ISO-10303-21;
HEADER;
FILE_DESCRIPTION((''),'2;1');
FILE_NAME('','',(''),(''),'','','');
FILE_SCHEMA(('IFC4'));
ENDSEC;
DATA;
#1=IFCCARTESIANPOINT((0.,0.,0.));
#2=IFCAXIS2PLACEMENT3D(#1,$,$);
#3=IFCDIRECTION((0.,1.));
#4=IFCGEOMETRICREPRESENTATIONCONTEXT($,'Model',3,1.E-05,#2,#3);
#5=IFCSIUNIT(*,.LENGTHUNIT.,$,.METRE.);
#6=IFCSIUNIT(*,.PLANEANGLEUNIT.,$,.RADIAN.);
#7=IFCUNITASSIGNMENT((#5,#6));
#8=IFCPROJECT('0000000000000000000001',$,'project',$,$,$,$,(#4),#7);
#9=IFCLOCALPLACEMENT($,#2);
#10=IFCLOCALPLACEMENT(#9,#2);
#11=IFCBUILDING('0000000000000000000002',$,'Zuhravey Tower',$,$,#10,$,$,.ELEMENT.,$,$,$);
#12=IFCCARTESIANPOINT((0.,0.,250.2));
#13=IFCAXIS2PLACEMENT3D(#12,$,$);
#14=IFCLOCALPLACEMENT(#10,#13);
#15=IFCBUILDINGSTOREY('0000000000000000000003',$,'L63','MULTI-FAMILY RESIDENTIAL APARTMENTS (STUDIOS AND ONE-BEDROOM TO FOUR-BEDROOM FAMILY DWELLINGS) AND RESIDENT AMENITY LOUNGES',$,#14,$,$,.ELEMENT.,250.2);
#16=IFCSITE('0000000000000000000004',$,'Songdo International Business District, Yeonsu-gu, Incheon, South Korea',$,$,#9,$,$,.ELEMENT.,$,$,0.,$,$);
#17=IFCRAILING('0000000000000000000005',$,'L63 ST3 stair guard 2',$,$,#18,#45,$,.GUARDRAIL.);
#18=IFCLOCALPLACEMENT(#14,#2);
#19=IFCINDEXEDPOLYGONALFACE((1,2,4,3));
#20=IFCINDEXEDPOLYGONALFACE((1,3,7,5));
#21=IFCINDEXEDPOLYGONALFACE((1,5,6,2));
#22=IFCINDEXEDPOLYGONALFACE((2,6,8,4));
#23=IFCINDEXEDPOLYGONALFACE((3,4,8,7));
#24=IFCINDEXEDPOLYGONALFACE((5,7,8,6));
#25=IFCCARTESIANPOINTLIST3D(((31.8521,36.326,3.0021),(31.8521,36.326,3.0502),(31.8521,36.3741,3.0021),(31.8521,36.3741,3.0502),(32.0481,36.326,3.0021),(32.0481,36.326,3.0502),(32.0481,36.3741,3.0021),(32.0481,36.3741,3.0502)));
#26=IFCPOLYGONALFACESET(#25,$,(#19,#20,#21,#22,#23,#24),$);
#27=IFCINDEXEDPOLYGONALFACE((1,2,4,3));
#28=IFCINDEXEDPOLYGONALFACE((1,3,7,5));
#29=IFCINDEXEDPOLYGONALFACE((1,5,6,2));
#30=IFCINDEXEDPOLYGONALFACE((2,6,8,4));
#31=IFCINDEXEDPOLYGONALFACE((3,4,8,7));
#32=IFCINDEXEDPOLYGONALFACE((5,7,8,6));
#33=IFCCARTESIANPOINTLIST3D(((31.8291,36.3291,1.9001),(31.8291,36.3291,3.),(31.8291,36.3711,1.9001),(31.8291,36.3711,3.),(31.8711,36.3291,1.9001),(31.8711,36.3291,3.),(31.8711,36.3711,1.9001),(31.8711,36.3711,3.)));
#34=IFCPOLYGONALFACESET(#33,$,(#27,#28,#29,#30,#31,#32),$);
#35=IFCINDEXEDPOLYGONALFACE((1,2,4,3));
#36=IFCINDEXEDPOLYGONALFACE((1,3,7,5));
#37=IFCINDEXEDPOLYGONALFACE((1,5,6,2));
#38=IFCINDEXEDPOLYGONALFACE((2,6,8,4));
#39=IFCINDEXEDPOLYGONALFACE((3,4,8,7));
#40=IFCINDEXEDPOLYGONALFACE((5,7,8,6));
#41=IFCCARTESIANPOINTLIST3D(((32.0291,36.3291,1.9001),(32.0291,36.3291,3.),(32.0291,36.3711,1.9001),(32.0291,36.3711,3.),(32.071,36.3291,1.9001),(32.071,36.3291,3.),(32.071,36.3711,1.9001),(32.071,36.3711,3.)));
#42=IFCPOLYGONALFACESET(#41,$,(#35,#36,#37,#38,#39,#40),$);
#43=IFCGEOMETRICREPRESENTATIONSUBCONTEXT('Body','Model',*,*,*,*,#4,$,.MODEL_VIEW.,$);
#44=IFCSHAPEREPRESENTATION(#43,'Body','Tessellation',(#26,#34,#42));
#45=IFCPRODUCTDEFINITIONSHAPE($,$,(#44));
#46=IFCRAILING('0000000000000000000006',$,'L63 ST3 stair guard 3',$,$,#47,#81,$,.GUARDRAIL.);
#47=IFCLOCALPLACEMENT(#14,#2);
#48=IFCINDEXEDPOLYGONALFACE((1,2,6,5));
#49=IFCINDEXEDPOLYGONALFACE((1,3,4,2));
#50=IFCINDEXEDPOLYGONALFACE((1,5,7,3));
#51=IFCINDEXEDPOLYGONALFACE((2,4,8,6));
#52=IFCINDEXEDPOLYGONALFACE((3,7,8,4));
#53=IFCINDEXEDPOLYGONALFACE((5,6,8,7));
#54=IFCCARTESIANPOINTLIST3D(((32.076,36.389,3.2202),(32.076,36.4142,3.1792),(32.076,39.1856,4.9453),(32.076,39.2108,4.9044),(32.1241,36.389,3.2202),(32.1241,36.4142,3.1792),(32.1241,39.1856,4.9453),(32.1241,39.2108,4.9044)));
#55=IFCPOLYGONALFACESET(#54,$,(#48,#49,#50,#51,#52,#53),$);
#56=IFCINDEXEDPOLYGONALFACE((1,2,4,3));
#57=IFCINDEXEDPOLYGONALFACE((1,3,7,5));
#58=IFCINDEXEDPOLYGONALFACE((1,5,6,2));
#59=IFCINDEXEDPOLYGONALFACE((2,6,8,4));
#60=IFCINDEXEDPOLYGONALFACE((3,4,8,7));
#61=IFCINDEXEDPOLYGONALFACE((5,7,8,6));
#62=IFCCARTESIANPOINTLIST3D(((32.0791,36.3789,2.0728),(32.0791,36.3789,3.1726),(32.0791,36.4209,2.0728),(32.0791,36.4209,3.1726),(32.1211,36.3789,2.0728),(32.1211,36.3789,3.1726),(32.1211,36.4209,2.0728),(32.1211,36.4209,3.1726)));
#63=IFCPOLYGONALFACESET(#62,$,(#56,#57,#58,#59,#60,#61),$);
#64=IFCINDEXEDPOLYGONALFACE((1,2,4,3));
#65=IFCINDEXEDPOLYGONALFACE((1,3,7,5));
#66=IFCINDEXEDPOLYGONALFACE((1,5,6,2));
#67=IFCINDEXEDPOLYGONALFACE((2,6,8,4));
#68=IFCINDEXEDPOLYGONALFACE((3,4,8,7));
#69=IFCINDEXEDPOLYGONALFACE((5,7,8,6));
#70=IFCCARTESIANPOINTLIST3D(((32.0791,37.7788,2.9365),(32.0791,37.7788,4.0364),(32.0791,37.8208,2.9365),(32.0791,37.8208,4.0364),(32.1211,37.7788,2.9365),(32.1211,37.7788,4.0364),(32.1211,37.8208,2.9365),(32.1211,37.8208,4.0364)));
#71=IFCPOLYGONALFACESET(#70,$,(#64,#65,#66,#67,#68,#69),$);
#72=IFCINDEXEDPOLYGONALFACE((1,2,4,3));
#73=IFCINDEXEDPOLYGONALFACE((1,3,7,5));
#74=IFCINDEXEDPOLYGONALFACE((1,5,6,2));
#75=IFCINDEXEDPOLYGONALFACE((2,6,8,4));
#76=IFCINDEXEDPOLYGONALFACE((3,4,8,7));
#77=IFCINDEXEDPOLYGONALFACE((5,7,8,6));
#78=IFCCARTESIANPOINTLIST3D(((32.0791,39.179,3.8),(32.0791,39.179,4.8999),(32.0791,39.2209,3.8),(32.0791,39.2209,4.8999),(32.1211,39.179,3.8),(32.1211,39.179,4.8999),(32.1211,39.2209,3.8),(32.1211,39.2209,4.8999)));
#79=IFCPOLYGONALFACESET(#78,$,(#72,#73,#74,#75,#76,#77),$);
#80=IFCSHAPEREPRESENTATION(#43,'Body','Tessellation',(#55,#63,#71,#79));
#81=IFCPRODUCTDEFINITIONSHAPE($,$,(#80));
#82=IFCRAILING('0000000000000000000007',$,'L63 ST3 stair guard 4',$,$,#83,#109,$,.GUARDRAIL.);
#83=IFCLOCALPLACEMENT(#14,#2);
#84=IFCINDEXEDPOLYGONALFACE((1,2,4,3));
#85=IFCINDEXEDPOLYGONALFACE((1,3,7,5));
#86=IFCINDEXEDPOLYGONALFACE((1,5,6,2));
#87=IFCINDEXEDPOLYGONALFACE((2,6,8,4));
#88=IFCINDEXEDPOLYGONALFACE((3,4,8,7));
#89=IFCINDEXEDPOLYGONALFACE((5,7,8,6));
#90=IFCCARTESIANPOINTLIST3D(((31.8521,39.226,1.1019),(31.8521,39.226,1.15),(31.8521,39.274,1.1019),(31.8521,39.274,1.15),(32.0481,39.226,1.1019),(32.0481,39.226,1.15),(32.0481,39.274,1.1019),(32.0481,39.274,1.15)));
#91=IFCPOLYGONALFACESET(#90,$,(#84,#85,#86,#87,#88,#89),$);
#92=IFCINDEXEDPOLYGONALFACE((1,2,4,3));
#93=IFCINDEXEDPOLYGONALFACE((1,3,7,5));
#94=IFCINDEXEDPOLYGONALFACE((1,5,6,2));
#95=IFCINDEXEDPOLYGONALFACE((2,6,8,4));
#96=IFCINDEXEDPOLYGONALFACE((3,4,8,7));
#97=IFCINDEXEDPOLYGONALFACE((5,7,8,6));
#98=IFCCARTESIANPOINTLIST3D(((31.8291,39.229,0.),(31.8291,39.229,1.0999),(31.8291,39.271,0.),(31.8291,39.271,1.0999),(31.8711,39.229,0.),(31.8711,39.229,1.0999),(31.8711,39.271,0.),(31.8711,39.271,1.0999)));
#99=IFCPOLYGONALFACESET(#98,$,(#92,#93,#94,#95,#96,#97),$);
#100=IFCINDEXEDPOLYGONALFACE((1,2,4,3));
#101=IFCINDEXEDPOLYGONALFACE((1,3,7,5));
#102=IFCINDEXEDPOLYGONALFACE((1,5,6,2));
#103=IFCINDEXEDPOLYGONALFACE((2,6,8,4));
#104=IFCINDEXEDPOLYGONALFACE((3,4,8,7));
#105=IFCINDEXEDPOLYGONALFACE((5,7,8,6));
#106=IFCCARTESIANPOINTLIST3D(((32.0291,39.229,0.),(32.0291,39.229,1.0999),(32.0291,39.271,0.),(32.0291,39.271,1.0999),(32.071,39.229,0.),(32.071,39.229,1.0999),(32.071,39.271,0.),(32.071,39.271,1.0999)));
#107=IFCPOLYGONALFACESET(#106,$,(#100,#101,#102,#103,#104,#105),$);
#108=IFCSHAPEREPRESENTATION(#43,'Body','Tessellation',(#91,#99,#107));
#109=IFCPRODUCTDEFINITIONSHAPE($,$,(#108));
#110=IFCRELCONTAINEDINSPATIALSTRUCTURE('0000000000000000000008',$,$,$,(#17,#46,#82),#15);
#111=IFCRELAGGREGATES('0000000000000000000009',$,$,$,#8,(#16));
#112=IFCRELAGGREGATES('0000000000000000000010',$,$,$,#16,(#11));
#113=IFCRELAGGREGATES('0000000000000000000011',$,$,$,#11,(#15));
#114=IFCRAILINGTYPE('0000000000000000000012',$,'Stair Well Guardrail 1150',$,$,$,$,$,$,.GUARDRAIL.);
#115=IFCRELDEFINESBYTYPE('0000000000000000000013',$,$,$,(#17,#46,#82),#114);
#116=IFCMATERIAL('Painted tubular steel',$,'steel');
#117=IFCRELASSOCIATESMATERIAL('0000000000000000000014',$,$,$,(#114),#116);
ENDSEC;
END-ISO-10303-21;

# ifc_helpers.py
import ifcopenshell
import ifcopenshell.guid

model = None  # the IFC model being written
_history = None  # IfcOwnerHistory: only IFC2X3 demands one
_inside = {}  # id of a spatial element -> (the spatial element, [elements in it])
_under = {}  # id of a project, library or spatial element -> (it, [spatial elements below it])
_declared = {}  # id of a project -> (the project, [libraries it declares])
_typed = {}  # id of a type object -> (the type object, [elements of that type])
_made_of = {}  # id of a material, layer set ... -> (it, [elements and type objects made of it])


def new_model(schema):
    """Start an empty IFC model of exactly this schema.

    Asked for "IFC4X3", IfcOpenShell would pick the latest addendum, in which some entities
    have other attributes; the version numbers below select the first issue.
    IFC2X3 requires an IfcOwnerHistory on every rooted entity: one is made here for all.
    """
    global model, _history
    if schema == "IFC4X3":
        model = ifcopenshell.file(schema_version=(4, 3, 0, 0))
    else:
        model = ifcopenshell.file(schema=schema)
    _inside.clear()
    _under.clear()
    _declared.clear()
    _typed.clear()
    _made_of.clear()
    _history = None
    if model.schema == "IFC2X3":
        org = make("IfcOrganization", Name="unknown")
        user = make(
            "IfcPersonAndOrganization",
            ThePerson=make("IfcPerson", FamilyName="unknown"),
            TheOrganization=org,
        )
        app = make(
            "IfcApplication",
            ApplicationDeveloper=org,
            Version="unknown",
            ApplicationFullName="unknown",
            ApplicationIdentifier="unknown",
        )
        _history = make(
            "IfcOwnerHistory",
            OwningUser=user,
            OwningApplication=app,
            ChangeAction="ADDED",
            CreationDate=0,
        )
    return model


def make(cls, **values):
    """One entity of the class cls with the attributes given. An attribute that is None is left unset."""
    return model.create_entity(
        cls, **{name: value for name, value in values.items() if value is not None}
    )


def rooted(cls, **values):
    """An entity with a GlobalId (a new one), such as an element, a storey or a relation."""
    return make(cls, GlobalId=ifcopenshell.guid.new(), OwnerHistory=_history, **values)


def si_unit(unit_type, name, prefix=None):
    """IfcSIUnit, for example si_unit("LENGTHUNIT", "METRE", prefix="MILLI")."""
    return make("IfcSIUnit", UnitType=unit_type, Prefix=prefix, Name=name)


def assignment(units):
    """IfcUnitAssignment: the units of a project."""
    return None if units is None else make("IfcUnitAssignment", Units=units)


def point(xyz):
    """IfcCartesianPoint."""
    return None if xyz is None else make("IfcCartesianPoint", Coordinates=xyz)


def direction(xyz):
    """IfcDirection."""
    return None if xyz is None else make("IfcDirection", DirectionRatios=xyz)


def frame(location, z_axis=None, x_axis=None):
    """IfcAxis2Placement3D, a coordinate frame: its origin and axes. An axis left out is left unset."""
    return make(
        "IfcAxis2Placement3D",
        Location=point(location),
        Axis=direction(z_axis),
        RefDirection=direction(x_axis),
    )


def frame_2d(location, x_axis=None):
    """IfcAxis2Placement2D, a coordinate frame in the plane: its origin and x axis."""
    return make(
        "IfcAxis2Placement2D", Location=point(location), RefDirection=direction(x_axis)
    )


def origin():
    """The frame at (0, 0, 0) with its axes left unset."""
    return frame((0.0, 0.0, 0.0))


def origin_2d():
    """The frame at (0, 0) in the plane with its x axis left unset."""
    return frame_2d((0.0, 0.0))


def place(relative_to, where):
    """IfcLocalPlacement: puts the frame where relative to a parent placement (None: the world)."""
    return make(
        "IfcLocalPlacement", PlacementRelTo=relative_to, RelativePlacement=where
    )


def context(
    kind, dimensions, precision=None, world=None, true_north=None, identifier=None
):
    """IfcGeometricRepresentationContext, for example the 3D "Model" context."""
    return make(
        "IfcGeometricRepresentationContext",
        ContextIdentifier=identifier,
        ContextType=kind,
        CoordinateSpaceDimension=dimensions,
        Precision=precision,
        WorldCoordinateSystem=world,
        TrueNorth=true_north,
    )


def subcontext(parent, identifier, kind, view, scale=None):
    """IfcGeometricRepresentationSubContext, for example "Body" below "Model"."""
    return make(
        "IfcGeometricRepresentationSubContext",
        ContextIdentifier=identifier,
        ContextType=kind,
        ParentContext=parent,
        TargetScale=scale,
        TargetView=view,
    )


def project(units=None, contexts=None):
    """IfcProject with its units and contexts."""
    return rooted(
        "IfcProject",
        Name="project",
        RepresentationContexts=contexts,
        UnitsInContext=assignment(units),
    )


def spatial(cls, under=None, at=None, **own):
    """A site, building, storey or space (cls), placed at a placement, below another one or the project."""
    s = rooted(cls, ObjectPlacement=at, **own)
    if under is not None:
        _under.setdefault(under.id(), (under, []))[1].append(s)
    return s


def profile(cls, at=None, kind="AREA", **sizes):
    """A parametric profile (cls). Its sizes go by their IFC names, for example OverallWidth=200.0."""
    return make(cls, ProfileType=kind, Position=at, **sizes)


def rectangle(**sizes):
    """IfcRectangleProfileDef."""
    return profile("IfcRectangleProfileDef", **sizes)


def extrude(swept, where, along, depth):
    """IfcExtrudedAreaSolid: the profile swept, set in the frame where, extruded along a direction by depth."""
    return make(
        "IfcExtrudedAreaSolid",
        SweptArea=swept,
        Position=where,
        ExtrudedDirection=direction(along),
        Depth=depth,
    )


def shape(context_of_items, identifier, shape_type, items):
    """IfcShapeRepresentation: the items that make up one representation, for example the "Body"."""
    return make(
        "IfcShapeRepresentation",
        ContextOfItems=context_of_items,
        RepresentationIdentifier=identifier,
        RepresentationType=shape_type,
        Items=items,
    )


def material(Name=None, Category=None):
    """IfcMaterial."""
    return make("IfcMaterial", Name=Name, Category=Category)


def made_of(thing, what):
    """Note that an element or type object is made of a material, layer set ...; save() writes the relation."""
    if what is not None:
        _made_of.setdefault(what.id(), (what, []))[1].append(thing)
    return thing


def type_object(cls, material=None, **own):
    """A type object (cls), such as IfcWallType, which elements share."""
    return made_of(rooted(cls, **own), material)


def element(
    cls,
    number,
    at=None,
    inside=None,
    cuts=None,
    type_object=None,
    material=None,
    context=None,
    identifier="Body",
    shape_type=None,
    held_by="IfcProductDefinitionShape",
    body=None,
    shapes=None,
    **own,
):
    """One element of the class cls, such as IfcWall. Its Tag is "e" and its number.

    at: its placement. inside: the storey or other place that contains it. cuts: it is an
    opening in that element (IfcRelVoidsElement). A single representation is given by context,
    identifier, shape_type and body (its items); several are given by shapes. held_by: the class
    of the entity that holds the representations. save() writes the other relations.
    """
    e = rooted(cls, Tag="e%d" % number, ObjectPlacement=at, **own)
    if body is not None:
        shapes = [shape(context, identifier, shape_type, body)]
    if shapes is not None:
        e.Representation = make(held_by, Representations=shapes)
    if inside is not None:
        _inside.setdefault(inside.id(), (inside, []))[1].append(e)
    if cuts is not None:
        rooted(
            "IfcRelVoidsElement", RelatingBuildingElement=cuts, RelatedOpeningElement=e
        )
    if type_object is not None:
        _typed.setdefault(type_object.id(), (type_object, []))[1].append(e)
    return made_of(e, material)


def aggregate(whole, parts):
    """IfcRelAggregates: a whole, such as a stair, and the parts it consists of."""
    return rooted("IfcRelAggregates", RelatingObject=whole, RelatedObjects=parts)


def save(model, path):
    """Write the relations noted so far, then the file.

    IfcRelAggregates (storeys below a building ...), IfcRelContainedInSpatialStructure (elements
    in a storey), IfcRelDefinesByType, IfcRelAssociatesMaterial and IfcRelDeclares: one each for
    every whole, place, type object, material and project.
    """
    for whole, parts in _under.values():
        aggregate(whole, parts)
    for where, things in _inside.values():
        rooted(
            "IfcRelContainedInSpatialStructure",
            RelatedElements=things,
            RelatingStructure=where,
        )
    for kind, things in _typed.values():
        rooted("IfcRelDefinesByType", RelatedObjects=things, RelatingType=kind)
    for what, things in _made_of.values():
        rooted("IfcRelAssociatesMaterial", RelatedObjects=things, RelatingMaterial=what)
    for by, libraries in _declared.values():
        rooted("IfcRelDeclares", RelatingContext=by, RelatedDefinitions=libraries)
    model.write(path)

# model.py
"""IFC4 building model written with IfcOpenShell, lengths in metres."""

from ifc_helpers import new_model, si_unit, direction, frame, origin, origin_2d, place, context, subcontext, project, spatial, rectangle, extrude, material, type_object, element, save


model = new_model("IFC4")

# Units and contexts
model_context = context("Model", 3, precision=1e-05, world=origin(), true_north=direction((0.0, 1.0)))
body_context = subcontext(model_context, "Body", "Model", "MODEL_VIEW")
ifc_project = project(units=[si_unit("LENGTHUNIT", "METRE"), si_unit("PLANEANGLEUNIT", "RADIAN")], contexts=[model_context])

# Site, building, storey
site_placement = place(None, origin())
site = spatial("IfcSite", under=ifc_project, at=site_placement, Name="Songdo International Business District, Yeonsu-gu, Incheon, South Korea", CompositionType="ELEMENT", RefElevation=0.0)
building_placement = place(site_placement, origin())
building = spatial("IfcBuilding", under=site, at=building_placement, Name="Zuhravey Tower", CompositionType="ELEMENT")
storey_placement = place(building_placement, frame((0.0, 0.0, 250.2)))
storey = spatial("IfcBuildingStorey", under=building, at=storey_placement, Name="L63", Description="MULTI-FAMILY RESIDENTIAL APARTMENTS (STUDIOS AND ONE-BEDROOM TO FOUR-BEDROOM FAMILY DWELLINGS) AND RESIDENT AMENITY LOUNGES", CompositionType="ELEMENT", Elevation=250.2)

# Railings
ifc_material_1 = material(Name="Painted tubular steel", Category="steel")
railing_type_1 = type_object("IfcRailingType", Name="Stair Well Guardrail 1150", PredefinedType="GUARDRAIL", material=ifc_material_1)
railing_1_placement = place(storey_placement, frame((31.8501, 36.3501, 1.9001)))
element("IfcRailing", 1, at=railing_1_placement, inside=storey, type_object=railing_type_1, Name="L63 ST3 stair guard 2", PredefinedType="GUARDRAIL", context=body_context, shape_type="SweptSolid", body=[
    extrude(rectangle(XDim=0.0481, YDim=0.0481, at=origin_2d()), frame((0.002, 0.0, 1.126), z_axis=(1.0, 0.0, 0.0), x_axis=(0.0, 1.0, 0.0)), (0.0, 0.0, 1.0), 0.196),
    extrude(rectangle(XDim=0.042, YDim=0.042, at=origin_2d()), origin(), (0.0, 0.0, 1.0), 1.0999),
    extrude(rectangle(XDim=0.042, YDim=0.042, at=origin_2d()), frame((0.2, 0.0, 0.0)), (0.0, 0.0, 1.0), 1.0999),
])
railing_2_placement = place(storey_placement, frame((32.1001, 36.3999, 2.0728)))
element("IfcRailing", 2, at=railing_2_placement, inside=storey, type_object=railing_type_1, Name="L63 ST3 stair guard 3", PredefinedType="GUARDRAIL", context=body_context, shape_type="SweptSolid", body=[
    extrude(rectangle(XDim=0.0481, YDim=0.0481, at=origin_2d()), frame((0.0, 0.0017, 1.127), z_axis=(0.0, 0.85109, 0.52502), x_axis=(-1.0, 0.0, 0.0)), (0.0, 0.0, 1.0), 3.2859),
    extrude(rectangle(XDim=0.042, YDim=0.042, at=origin_2d()), origin(), (0.0, 0.0, 1.0), 1.0999),
    extrude(rectangle(XDim=0.042, YDim=0.042, at=origin_2d()), frame((0.0, 1.3999, 0.8638)), (0.0, 0.0, 1.0), 1.0999),
    extrude(rectangle(XDim=0.042, YDim=0.042, at=origin_2d()), frame((0.0, 2.8, 1.7273)), (0.0, 0.0, 1.0), 1.0999),
])
railing_3_placement = place(storey_placement, frame((31.8501, 39.25, 0.0)))
element("IfcRailing", 3, at=railing_3_placement, inside=storey, type_object=railing_type_1, Name="L63 ST3 stair guard 4", PredefinedType="GUARDRAIL", context=body_context, shape_type="SweptSolid", body=[
    extrude(rectangle(XDim=0.0481, YDim=0.0481, at=origin_2d()), frame((0.002, 0.0, 1.126), z_axis=(1.0, 0.0, 0.0), x_axis=(0.0, 1.0, 0.0)), (0.0, 0.0, 1.0), 0.196),
    extrude(rectangle(XDim=0.042, YDim=0.042, at=origin_2d()), origin(), (0.0, 0.0, 1.0), 1.0999),
    extrude(rectangle(XDim=0.042, YDim=0.042, at=origin_2d()), frame((0.2, 0.0, 0.0)), (0.0, 0.0, 1.0), 1.0999),
])

save(model, "model.ifc")
